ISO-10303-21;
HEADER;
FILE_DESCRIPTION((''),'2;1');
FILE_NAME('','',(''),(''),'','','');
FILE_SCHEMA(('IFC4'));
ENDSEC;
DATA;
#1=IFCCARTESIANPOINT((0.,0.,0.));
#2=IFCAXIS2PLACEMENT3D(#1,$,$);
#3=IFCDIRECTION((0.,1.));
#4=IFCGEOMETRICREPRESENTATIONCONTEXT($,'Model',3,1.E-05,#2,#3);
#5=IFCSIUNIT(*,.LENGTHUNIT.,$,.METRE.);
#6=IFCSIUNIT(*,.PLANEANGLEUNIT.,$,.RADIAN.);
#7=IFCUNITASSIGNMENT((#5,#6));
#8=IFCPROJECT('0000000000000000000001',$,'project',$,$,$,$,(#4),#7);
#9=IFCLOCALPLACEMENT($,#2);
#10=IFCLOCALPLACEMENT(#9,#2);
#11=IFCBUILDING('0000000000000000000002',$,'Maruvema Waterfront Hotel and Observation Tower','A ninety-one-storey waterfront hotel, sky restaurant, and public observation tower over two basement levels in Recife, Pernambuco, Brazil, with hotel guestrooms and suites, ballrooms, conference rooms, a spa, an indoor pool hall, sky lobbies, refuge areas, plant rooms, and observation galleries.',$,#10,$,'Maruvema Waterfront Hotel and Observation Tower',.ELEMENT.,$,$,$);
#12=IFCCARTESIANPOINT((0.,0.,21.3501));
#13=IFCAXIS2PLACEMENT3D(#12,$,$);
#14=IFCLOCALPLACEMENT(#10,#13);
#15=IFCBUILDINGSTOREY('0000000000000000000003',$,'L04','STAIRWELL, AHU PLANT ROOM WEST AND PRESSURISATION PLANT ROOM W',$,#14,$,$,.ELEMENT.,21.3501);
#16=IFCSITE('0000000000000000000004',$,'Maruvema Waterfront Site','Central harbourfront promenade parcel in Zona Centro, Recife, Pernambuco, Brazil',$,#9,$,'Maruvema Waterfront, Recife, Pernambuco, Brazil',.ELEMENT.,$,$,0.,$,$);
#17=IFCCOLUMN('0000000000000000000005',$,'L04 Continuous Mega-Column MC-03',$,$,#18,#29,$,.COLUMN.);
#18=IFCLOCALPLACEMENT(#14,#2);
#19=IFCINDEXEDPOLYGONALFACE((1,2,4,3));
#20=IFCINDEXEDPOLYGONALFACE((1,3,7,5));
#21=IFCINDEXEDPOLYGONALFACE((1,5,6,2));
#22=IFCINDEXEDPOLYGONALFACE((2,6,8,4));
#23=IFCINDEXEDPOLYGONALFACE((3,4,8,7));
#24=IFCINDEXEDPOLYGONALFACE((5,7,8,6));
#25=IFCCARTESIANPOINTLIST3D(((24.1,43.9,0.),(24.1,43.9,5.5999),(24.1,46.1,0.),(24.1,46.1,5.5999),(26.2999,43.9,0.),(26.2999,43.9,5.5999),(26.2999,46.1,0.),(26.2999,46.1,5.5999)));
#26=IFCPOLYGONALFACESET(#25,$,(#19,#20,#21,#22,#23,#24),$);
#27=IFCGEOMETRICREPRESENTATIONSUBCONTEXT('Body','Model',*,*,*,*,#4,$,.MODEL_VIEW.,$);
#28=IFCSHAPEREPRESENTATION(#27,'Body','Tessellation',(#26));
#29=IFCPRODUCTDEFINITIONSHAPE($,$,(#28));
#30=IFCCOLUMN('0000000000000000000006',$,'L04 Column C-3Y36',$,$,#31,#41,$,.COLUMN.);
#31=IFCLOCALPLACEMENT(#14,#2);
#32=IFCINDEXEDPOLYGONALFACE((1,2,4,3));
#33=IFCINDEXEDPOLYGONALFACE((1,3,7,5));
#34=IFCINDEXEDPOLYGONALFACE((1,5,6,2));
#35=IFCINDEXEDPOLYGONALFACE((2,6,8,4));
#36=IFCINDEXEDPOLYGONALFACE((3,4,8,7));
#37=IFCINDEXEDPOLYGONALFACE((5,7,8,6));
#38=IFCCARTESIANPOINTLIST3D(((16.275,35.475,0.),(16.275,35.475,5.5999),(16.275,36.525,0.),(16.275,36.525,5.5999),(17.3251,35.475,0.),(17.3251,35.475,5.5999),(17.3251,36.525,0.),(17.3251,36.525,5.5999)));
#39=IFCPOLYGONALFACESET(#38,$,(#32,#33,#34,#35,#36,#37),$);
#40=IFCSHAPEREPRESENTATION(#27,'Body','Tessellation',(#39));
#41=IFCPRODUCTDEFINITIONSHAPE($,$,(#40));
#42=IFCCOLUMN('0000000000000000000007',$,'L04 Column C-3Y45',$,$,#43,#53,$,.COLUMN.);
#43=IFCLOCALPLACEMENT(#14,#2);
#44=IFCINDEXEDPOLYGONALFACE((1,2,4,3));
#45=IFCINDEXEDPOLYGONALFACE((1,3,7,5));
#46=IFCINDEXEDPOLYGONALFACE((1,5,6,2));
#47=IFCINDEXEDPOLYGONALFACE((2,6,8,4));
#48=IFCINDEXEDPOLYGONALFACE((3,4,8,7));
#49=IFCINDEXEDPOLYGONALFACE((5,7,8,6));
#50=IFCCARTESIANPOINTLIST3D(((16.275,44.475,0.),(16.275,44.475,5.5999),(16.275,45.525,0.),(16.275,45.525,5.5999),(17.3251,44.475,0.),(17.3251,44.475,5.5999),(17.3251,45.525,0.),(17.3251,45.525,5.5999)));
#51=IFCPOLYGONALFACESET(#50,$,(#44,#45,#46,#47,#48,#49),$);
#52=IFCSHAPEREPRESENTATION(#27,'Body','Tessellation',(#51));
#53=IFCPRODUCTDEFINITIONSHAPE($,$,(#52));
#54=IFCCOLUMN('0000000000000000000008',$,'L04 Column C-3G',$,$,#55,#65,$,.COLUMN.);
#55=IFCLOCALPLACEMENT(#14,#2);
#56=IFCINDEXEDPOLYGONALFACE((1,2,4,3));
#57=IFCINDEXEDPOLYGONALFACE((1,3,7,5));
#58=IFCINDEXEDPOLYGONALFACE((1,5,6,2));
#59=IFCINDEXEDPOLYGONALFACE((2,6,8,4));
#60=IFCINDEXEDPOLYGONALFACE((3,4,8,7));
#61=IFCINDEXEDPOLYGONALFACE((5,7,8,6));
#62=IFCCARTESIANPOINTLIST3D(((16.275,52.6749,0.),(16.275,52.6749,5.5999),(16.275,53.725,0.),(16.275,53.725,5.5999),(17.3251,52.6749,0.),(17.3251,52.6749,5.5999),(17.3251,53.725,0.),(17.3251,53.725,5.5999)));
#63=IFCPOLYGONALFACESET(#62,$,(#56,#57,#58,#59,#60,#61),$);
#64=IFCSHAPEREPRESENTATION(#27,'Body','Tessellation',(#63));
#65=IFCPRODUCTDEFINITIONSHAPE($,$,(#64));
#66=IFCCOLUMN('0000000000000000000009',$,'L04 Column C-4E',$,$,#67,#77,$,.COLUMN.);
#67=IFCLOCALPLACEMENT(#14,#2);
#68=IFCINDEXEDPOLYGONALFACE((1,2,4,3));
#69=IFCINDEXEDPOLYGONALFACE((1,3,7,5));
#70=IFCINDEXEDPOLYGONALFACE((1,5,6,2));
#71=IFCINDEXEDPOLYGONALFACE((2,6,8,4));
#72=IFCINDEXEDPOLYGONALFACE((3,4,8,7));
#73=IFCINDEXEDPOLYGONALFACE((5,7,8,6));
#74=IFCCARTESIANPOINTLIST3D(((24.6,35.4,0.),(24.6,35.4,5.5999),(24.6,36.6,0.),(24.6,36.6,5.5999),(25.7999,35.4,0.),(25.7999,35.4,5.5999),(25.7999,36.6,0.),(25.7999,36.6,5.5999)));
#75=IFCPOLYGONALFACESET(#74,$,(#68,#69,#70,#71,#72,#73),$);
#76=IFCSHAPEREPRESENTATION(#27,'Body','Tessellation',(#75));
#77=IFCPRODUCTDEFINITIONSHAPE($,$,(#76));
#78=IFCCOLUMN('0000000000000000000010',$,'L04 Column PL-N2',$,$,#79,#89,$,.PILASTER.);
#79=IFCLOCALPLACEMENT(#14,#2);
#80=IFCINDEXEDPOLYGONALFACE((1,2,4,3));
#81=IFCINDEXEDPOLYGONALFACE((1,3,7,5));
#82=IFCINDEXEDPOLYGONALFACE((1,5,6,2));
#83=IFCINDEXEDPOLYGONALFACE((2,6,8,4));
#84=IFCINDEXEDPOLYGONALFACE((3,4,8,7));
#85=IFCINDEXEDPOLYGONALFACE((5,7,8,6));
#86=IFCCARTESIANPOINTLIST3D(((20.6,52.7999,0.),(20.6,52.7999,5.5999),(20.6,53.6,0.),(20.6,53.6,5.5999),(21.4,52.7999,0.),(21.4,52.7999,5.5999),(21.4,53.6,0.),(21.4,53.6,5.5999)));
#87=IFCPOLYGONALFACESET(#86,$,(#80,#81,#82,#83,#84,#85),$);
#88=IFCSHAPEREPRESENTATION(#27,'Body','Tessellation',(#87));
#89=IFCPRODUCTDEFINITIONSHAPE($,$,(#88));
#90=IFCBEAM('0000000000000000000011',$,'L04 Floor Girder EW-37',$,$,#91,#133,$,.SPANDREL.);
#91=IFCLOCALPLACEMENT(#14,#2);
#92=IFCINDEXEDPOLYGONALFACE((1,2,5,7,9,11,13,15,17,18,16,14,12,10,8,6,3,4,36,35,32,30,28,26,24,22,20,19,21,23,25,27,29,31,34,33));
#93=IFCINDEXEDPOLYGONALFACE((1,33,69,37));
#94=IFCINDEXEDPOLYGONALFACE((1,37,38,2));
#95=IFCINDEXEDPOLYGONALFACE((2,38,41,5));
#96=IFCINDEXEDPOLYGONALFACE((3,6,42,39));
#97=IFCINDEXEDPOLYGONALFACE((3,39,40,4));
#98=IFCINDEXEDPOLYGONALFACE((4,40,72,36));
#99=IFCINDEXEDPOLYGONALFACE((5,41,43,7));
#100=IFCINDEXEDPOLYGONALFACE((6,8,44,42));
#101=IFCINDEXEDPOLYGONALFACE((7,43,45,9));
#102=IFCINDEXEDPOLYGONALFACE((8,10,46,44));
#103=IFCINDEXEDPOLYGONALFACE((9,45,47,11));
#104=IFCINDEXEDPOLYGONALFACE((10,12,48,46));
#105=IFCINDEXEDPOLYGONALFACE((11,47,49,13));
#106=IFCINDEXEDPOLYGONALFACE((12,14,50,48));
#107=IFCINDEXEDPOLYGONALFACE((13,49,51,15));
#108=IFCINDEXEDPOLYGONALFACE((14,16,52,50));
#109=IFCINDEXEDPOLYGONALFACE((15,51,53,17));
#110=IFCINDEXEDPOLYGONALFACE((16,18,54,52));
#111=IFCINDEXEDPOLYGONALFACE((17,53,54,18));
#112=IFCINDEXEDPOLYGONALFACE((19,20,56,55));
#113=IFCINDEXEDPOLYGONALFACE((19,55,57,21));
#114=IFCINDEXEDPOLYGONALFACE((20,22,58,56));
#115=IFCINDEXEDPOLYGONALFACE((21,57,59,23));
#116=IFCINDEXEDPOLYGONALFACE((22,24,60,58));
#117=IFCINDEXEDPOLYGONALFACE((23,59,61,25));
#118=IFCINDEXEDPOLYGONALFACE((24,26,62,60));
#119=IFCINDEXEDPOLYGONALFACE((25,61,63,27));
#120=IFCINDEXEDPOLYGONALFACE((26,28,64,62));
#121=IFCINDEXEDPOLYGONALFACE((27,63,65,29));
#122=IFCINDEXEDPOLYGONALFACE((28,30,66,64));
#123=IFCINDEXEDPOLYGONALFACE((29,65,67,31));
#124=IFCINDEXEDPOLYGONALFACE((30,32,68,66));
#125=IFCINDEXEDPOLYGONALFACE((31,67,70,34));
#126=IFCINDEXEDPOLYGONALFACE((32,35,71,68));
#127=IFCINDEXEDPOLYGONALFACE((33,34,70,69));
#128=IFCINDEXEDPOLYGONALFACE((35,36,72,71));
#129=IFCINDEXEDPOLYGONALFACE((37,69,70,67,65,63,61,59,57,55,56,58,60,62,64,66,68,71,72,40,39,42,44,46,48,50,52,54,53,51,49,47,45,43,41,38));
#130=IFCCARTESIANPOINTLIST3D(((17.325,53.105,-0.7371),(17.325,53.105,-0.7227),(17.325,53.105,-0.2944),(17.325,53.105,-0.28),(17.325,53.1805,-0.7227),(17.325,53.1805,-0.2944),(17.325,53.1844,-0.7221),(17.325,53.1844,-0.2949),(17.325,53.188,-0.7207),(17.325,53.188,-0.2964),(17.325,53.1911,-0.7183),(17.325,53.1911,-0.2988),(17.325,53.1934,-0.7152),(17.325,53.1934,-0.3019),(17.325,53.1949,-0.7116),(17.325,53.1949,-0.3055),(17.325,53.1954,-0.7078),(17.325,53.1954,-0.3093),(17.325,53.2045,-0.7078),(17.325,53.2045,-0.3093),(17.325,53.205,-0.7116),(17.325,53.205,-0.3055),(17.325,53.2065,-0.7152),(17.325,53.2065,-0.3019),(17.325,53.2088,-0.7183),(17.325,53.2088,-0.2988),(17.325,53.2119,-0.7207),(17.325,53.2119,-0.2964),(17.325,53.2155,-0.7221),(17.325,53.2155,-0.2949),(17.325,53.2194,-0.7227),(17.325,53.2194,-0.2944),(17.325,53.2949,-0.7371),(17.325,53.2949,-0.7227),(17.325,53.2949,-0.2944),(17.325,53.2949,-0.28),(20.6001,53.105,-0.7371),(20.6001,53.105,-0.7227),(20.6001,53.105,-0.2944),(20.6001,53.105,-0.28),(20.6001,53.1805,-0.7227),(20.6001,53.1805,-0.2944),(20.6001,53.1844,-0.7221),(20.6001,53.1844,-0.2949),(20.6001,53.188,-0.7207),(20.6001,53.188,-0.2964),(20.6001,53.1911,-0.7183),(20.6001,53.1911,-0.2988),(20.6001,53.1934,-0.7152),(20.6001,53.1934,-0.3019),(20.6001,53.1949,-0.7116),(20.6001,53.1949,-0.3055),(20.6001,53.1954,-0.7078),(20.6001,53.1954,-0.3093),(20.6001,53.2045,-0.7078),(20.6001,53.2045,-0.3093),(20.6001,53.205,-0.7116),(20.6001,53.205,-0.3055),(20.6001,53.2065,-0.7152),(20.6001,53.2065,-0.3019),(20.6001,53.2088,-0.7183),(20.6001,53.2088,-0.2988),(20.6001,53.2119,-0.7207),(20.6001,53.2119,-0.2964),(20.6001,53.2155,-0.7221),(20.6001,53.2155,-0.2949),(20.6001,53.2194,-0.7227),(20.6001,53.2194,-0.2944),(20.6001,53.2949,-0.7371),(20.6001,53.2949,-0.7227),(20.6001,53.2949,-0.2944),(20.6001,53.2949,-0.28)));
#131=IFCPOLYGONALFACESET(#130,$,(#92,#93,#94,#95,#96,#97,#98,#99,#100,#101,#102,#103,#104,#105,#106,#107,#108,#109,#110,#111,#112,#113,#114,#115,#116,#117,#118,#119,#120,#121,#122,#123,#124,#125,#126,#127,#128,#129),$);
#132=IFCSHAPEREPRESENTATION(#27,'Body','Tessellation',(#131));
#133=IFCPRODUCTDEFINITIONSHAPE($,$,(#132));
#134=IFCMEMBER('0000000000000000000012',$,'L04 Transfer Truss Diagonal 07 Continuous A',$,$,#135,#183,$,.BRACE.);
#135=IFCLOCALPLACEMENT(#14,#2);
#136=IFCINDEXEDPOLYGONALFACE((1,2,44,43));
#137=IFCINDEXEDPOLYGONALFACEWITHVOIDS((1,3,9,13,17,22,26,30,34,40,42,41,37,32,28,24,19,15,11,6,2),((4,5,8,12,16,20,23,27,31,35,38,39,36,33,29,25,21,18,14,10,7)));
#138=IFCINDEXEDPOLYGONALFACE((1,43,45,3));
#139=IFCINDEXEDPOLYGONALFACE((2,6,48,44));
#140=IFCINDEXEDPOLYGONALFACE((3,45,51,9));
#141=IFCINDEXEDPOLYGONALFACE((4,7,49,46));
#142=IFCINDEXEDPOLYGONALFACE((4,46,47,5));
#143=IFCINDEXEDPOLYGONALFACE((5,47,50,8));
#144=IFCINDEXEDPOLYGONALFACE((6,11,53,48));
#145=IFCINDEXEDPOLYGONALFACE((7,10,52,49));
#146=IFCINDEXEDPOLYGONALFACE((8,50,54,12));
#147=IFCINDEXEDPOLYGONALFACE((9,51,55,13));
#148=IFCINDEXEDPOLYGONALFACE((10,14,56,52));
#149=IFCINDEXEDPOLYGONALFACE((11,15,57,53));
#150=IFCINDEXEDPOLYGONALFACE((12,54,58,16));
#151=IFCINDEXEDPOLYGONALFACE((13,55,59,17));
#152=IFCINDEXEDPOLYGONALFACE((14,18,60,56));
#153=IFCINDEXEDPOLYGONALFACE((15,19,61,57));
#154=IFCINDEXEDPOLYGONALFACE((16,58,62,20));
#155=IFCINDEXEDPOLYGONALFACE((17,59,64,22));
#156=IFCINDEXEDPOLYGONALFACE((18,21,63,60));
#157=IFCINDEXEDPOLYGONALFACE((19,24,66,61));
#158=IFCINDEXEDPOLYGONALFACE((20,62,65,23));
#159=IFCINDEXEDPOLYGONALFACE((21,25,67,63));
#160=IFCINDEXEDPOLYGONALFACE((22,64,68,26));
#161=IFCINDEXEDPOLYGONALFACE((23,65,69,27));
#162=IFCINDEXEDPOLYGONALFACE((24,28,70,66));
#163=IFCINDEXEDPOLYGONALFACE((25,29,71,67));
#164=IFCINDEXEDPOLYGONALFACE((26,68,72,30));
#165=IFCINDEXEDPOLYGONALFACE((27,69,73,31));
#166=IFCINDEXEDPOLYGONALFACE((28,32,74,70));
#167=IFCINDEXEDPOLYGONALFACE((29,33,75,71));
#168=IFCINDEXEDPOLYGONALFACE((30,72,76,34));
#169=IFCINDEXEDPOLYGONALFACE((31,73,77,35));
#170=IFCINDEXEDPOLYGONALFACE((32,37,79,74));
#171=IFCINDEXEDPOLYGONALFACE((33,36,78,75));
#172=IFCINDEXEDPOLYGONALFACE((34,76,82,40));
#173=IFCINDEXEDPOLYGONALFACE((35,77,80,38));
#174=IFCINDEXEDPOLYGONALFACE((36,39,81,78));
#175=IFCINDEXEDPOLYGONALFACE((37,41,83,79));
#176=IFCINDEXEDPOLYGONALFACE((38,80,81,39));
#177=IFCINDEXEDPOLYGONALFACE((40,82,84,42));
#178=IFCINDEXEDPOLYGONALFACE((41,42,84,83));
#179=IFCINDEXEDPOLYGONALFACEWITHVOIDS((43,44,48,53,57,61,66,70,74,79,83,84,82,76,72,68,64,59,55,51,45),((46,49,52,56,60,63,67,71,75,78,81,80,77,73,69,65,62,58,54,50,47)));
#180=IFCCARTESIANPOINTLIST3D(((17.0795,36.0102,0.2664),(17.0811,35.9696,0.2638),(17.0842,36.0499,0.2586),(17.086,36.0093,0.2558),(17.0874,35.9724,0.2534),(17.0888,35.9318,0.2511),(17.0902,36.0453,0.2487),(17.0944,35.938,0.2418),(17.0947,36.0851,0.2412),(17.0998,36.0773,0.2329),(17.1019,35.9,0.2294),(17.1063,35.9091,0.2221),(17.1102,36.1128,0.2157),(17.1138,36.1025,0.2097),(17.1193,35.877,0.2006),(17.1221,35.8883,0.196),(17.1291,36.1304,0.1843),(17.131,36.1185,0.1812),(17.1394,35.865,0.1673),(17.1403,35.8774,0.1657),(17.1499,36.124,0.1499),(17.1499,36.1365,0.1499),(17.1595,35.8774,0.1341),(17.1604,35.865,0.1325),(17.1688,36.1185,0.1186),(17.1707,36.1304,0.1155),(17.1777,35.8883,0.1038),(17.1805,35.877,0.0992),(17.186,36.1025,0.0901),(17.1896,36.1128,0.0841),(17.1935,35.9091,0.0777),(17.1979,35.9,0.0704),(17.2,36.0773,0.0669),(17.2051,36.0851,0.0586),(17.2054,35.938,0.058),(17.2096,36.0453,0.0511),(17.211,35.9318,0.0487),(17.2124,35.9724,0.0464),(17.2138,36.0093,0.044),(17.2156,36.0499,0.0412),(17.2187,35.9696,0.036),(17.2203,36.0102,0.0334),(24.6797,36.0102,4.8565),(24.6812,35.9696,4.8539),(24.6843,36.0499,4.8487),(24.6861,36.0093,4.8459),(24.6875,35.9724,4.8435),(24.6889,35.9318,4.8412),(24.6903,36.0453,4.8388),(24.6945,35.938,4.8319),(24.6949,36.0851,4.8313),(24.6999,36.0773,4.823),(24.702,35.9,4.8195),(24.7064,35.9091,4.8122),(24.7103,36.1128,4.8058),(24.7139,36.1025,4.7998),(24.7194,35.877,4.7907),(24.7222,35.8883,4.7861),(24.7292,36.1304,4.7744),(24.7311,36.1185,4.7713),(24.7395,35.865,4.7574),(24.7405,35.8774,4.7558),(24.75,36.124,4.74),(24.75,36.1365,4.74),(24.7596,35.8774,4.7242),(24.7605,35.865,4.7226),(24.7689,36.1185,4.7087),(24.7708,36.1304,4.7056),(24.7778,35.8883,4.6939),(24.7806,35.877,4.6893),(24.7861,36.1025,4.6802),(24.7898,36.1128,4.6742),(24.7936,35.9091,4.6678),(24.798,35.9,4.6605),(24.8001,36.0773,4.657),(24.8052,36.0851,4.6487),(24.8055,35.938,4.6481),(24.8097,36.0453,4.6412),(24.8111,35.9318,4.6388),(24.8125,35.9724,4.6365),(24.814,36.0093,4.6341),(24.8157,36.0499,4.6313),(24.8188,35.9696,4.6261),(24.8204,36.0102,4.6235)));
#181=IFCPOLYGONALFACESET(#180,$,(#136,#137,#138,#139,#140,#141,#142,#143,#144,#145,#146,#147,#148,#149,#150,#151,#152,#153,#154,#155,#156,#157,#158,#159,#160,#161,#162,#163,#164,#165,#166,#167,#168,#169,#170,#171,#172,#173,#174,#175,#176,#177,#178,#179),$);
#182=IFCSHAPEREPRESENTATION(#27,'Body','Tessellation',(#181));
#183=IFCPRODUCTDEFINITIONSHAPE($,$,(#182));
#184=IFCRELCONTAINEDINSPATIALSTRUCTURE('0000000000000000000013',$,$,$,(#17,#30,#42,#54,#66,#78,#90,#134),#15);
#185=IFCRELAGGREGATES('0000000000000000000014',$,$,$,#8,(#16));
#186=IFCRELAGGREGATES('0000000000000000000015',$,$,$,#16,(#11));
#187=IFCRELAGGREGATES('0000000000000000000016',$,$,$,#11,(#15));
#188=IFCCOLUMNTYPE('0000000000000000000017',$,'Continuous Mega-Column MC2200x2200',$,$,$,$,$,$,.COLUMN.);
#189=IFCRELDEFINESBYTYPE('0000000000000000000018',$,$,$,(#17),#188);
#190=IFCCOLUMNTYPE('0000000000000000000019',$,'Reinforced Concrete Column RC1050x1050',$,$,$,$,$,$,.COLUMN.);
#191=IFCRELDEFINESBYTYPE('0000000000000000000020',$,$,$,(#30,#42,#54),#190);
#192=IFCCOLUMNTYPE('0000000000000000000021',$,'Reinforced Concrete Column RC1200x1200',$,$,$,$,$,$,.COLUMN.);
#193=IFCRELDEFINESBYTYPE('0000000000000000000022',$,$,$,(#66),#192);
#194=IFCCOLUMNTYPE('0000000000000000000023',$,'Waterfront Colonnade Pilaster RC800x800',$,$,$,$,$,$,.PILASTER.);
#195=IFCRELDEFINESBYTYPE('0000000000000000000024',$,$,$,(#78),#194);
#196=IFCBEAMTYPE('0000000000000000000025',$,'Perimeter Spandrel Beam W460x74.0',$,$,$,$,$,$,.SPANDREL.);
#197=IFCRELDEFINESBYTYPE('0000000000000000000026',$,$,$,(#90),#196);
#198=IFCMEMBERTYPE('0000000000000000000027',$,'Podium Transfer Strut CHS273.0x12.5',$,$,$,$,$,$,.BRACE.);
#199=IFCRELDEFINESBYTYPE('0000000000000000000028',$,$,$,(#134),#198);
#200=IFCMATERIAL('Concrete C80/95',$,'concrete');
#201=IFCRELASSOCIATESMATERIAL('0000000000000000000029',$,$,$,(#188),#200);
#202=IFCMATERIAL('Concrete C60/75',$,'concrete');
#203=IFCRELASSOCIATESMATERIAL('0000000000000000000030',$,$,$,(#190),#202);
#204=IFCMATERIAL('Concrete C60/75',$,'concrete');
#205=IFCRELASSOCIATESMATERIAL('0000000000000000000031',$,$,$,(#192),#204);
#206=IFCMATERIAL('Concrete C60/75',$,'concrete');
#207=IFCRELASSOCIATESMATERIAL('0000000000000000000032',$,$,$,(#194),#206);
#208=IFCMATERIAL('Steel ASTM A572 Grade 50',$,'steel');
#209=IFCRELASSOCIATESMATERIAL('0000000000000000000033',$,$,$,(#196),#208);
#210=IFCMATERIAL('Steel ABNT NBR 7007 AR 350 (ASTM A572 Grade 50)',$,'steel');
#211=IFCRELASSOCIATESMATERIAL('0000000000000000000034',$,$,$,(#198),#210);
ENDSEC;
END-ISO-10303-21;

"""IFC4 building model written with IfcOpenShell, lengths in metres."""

from ifc_helpers import new_model, si_unit, direction, frame, origin, origin_2d, place, context, subcontext, project, spatial, rectangle, hollow_circle, i_section, extrude, material, material_profile, profile_set, type_object, element, save


model = new_model("IFC4")

# Units and contexts
model_context = context("Model", 3, precision=1e-05, world=origin(), true_north=direction((0.0, 1.0)))
body_context = subcontext(model_context, "Body", "Model", "MODEL_VIEW")
ifc_project = project(units=[si_unit("LENGTHUNIT", "METRE"), si_unit("PLANEANGLEUNIT", "RADIAN")], contexts=[model_context])

# Site, building, storey
site_placement = place(None, origin())
site = spatial("IfcSite", under=ifc_project, at=site_placement, Name="Maruvema Waterfront Site", Description="Central harbourfront promenade parcel in Zona Centro, Recife, Pernambuco, Brazil", LongName="Maruvema Waterfront, Recife, Pernambuco, Brazil", CompositionType="ELEMENT", RefElevation=0.0)
building_placement = place(site_placement, origin())
building = spatial("IfcBuilding", under=site, at=building_placement, Name="Maruvema Waterfront Hotel and Observation Tower", Description="A ninety-one-storey waterfront hotel, sky restaurant, and public observation tower over two basement levels in Recife, Pernambuco, Brazil, with hotel guestrooms and suites, ballrooms, conference rooms, a spa, an indoor pool hall, sky lobbies, refuge areas, plant rooms, and observation galleries.", LongName="Maruvema Waterfront Hotel and Observation Tower", CompositionType="ELEMENT")
storey_placement = place(building_placement, frame((0.0, 0.0, 21.3501)))
storey = spatial("IfcBuildingStorey", under=building, at=storey_placement, Name="L04", Description="STAIRWELL, AHU PLANT ROOM WEST AND PRESSURISATION PLANT ROOM W", CompositionType="ELEMENT", Elevation=21.3501)

# Columns
ifc_material_1 = material(Name="Concrete C80/95", Category="concrete")
ifc_material_profile_1 = material_profile(ifc_material_1, rectangle(XDim=2.2, YDim=2.2, at=origin_2d()), Name="MC2200x2200")
ifc_profile_set_1 = profile_set([ifc_material_profile_1], Name="Concrete C80/95")
column_type_1 = type_object("IfcColumnType", Name="Continuous Mega-Column MC2200x2200", PredefinedType="COLUMN", material=ifc_profile_set_1)
column_1_placement = place(storey_placement, frame((25.2, 45.0, 0.0), z_axis=(0.0, 0.0, 1.0), x_axis=(1.0, 0.0, 0.0)))
element("IfcColumn", 1, at=column_1_placement, inside=storey, type_object=column_type_1, Name="L04 Continuous Mega-Column MC-03", PredefinedType="COLUMN", context=body_context, shape_type="SweptSolid", body=[
    extrude(rectangle(XDim=2.2, YDim=2.2, at=origin_2d()), origin(), (0.0, 0.0, 1.0), 5.5999),
])
ifc_material_2 = material(Name="Concrete C60/75", Category="concrete")
ifc_material_profile_2 = material_profile(ifc_material_2, rectangle(XDim=1.05, YDim=1.05, at=origin_2d()), Name="RC1050x1050")
ifc_profile_set_2 = profile_set([ifc_material_profile_2], Name="Concrete C60/75")
column_type_2 = type_object("IfcColumnType", Name="Reinforced Concrete Column RC1050x1050", PredefinedType="COLUMN", material=ifc_profile_set_2)
for number, where, z_axis, x_axis, name in (
    (2, (16.8, 36.0, 0.0), (0.0, 0.0, 1.0), (1.0, 0.0, 0.0), "L04 Column C-3Y36"),
    (3, (16.8, 45.0, 0.0), (0.0, 0.0, 1.0), (1.0, 0.0, 0.0), "L04 Column C-3Y45"),
    (4, (16.8, 53.2, 0.0), (0.0, 0.0, 1.0), (1.0, 0.0, 0.0), "L04 Column C-3G"),
):
    element("IfcColumn", number, at=place(storey_placement, frame(where, z_axis=z_axis, x_axis=x_axis)), inside=storey, type_object=column_type_2, Name=name, PredefinedType="COLUMN", context=body_context, shape_type="SweptSolid", body=[
        extrude(rectangle(XDim=1.05, YDim=1.05, at=origin_2d()), origin(), (0.0, 0.0, 1.0), 5.5999),
    ])
ifc_material_3 = material(Name="Concrete C60/75", Category="concrete")
ifc_material_profile_3 = material_profile(ifc_material_3, rectangle(XDim=1.2, YDim=1.2, at=origin_2d()), Name="RC1200x1200")
ifc_profile_set_3 = profile_set([ifc_material_profile_3], Name="Concrete C60/75")
column_type_3 = type_object("IfcColumnType", Name="Reinforced Concrete Column RC1200x1200", PredefinedType="COLUMN", material=ifc_profile_set_3)
column_2_placement = place(storey_placement, frame((25.2, 36.0, 0.0), z_axis=(0.0, 0.0, 1.0), x_axis=(1.0, 0.0, 0.0)))
element("IfcColumn", 5, at=column_2_placement, inside=storey, type_object=column_type_3, Name="L04 Column C-4E", PredefinedType="COLUMN", context=body_context, shape_type="SweptSolid", body=[
    extrude(rectangle(XDim=1.2, YDim=1.2, at=origin_2d()), origin(), (0.0, 0.0, 1.0), 5.5999),
])
ifc_material_4 = material(Name="Concrete C60/75", Category="concrete")
ifc_material_profile_4 = material_profile(ifc_material_4, rectangle(XDim=0.8, YDim=0.8, at=origin_2d()), Name="RC800x800")
ifc_profile_set_4 = profile_set([ifc_material_profile_4], Name="Concrete C60/75")
column_type_4 = type_object("IfcColumnType", Name="Waterfront Colonnade Pilaster RC800x800", PredefinedType="PILASTER", material=ifc_profile_set_4)
column_3_placement = place(storey_placement, frame((21.0, 53.2, 0.0), z_axis=(0.0, 0.0, 1.0), x_axis=(1.0, 0.0, 0.0)))
element("IfcColumn", 6, at=column_3_placement, inside=storey, type_object=column_type_4, Name="L04 Column PL-N2", PredefinedType="PILASTER", context=body_context, shape_type="SweptSolid", body=[
    extrude(rectangle(XDim=0.8, YDim=0.8, at=origin_2d()), origin(), (0.0, 0.0, 1.0), 5.5999),
])

# Beam
ifc_material_5 = material(Name="Steel ASTM A572 Grade 50", Category="steel")
ifc_material_profile_5 = material_profile(ifc_material_5, i_section(OverallWidth=0.1899, OverallDepth=0.457, WebThickness=0.009, FlangeThickness=0.0144, FilletRadius=0.0149, at=origin_2d()), Name="W460x74.0")
ifc_profile_set_5 = profile_set([ifc_material_profile_5], Name="Steel ASTM A572 Grade 50")
beam_type_1 = type_object("IfcBeamType", Name="Perimeter Spandrel Beam W460x74.0", PredefinedType="SPANDREL", material=ifc_profile_set_5)
beam_1_placement = place(storey_placement, frame((17.325, 53.2, -0.5085), z_axis=(1.0, 0.0, 0.0), x_axis=(0.0, 1.0, 0.0)))
element("IfcBeam", 7, at=beam_1_placement, inside=storey, type_object=beam_type_1, Name="L04 Floor Girder EW-37", PredefinedType="SPANDREL", context=body_context, shape_type="SweptSolid", body=[
    extrude(i_section(OverallWidth=0.1899, OverallDepth=0.457, WebThickness=0.009, FlangeThickness=0.0144, FilletRadius=0.0149, at=origin_2d()), origin(), (0.0, 0.0, 1.0), 3.2751),
])

# Member
ifc_material_6 = material(Name="Steel ABNT NBR 7007 AR 350 (ASTM A572 Grade 50)", Category="steel")
ifc_material_profile_6 = material_profile(ifc_material_6, hollow_circle(Radius=0.1365, WallThickness=0.0125, at=origin_2d()), Name="CHS273.0x12.5")
ifc_profile_set_6 = profile_set([ifc_material_profile_6], Name="Steel ABNT NBR 7007 AR 350 (ASTM A572 Grade 50)")
member_type = type_object("IfcMemberType", Name="Podium Transfer Strut CHS273.0x12.5", PredefinedType="BRACE", material=ifc_profile_set_6)
member_placement = place(storey_placement, frame((17.1499, 36.0, 0.1499), z_axis=(0.855997, 0.0, 0.51698), x_axis=(0.0, 1.0, 0.0)))
element("IfcMember", 8, at=member_placement, inside=storey, type_object=member_type, Name="L04 Transfer Truss Diagonal 07 Continuous A", PredefinedType="BRACE", context=body_context, shape_type="SweptSolid", body=[
    extrude(hollow_circle(Radius=0.1365, WallThickness=0.0125, at=origin_2d()), origin(), (0.0, 0.0, 1.0), 8.8787),
])

save(model, "model.ifc")
